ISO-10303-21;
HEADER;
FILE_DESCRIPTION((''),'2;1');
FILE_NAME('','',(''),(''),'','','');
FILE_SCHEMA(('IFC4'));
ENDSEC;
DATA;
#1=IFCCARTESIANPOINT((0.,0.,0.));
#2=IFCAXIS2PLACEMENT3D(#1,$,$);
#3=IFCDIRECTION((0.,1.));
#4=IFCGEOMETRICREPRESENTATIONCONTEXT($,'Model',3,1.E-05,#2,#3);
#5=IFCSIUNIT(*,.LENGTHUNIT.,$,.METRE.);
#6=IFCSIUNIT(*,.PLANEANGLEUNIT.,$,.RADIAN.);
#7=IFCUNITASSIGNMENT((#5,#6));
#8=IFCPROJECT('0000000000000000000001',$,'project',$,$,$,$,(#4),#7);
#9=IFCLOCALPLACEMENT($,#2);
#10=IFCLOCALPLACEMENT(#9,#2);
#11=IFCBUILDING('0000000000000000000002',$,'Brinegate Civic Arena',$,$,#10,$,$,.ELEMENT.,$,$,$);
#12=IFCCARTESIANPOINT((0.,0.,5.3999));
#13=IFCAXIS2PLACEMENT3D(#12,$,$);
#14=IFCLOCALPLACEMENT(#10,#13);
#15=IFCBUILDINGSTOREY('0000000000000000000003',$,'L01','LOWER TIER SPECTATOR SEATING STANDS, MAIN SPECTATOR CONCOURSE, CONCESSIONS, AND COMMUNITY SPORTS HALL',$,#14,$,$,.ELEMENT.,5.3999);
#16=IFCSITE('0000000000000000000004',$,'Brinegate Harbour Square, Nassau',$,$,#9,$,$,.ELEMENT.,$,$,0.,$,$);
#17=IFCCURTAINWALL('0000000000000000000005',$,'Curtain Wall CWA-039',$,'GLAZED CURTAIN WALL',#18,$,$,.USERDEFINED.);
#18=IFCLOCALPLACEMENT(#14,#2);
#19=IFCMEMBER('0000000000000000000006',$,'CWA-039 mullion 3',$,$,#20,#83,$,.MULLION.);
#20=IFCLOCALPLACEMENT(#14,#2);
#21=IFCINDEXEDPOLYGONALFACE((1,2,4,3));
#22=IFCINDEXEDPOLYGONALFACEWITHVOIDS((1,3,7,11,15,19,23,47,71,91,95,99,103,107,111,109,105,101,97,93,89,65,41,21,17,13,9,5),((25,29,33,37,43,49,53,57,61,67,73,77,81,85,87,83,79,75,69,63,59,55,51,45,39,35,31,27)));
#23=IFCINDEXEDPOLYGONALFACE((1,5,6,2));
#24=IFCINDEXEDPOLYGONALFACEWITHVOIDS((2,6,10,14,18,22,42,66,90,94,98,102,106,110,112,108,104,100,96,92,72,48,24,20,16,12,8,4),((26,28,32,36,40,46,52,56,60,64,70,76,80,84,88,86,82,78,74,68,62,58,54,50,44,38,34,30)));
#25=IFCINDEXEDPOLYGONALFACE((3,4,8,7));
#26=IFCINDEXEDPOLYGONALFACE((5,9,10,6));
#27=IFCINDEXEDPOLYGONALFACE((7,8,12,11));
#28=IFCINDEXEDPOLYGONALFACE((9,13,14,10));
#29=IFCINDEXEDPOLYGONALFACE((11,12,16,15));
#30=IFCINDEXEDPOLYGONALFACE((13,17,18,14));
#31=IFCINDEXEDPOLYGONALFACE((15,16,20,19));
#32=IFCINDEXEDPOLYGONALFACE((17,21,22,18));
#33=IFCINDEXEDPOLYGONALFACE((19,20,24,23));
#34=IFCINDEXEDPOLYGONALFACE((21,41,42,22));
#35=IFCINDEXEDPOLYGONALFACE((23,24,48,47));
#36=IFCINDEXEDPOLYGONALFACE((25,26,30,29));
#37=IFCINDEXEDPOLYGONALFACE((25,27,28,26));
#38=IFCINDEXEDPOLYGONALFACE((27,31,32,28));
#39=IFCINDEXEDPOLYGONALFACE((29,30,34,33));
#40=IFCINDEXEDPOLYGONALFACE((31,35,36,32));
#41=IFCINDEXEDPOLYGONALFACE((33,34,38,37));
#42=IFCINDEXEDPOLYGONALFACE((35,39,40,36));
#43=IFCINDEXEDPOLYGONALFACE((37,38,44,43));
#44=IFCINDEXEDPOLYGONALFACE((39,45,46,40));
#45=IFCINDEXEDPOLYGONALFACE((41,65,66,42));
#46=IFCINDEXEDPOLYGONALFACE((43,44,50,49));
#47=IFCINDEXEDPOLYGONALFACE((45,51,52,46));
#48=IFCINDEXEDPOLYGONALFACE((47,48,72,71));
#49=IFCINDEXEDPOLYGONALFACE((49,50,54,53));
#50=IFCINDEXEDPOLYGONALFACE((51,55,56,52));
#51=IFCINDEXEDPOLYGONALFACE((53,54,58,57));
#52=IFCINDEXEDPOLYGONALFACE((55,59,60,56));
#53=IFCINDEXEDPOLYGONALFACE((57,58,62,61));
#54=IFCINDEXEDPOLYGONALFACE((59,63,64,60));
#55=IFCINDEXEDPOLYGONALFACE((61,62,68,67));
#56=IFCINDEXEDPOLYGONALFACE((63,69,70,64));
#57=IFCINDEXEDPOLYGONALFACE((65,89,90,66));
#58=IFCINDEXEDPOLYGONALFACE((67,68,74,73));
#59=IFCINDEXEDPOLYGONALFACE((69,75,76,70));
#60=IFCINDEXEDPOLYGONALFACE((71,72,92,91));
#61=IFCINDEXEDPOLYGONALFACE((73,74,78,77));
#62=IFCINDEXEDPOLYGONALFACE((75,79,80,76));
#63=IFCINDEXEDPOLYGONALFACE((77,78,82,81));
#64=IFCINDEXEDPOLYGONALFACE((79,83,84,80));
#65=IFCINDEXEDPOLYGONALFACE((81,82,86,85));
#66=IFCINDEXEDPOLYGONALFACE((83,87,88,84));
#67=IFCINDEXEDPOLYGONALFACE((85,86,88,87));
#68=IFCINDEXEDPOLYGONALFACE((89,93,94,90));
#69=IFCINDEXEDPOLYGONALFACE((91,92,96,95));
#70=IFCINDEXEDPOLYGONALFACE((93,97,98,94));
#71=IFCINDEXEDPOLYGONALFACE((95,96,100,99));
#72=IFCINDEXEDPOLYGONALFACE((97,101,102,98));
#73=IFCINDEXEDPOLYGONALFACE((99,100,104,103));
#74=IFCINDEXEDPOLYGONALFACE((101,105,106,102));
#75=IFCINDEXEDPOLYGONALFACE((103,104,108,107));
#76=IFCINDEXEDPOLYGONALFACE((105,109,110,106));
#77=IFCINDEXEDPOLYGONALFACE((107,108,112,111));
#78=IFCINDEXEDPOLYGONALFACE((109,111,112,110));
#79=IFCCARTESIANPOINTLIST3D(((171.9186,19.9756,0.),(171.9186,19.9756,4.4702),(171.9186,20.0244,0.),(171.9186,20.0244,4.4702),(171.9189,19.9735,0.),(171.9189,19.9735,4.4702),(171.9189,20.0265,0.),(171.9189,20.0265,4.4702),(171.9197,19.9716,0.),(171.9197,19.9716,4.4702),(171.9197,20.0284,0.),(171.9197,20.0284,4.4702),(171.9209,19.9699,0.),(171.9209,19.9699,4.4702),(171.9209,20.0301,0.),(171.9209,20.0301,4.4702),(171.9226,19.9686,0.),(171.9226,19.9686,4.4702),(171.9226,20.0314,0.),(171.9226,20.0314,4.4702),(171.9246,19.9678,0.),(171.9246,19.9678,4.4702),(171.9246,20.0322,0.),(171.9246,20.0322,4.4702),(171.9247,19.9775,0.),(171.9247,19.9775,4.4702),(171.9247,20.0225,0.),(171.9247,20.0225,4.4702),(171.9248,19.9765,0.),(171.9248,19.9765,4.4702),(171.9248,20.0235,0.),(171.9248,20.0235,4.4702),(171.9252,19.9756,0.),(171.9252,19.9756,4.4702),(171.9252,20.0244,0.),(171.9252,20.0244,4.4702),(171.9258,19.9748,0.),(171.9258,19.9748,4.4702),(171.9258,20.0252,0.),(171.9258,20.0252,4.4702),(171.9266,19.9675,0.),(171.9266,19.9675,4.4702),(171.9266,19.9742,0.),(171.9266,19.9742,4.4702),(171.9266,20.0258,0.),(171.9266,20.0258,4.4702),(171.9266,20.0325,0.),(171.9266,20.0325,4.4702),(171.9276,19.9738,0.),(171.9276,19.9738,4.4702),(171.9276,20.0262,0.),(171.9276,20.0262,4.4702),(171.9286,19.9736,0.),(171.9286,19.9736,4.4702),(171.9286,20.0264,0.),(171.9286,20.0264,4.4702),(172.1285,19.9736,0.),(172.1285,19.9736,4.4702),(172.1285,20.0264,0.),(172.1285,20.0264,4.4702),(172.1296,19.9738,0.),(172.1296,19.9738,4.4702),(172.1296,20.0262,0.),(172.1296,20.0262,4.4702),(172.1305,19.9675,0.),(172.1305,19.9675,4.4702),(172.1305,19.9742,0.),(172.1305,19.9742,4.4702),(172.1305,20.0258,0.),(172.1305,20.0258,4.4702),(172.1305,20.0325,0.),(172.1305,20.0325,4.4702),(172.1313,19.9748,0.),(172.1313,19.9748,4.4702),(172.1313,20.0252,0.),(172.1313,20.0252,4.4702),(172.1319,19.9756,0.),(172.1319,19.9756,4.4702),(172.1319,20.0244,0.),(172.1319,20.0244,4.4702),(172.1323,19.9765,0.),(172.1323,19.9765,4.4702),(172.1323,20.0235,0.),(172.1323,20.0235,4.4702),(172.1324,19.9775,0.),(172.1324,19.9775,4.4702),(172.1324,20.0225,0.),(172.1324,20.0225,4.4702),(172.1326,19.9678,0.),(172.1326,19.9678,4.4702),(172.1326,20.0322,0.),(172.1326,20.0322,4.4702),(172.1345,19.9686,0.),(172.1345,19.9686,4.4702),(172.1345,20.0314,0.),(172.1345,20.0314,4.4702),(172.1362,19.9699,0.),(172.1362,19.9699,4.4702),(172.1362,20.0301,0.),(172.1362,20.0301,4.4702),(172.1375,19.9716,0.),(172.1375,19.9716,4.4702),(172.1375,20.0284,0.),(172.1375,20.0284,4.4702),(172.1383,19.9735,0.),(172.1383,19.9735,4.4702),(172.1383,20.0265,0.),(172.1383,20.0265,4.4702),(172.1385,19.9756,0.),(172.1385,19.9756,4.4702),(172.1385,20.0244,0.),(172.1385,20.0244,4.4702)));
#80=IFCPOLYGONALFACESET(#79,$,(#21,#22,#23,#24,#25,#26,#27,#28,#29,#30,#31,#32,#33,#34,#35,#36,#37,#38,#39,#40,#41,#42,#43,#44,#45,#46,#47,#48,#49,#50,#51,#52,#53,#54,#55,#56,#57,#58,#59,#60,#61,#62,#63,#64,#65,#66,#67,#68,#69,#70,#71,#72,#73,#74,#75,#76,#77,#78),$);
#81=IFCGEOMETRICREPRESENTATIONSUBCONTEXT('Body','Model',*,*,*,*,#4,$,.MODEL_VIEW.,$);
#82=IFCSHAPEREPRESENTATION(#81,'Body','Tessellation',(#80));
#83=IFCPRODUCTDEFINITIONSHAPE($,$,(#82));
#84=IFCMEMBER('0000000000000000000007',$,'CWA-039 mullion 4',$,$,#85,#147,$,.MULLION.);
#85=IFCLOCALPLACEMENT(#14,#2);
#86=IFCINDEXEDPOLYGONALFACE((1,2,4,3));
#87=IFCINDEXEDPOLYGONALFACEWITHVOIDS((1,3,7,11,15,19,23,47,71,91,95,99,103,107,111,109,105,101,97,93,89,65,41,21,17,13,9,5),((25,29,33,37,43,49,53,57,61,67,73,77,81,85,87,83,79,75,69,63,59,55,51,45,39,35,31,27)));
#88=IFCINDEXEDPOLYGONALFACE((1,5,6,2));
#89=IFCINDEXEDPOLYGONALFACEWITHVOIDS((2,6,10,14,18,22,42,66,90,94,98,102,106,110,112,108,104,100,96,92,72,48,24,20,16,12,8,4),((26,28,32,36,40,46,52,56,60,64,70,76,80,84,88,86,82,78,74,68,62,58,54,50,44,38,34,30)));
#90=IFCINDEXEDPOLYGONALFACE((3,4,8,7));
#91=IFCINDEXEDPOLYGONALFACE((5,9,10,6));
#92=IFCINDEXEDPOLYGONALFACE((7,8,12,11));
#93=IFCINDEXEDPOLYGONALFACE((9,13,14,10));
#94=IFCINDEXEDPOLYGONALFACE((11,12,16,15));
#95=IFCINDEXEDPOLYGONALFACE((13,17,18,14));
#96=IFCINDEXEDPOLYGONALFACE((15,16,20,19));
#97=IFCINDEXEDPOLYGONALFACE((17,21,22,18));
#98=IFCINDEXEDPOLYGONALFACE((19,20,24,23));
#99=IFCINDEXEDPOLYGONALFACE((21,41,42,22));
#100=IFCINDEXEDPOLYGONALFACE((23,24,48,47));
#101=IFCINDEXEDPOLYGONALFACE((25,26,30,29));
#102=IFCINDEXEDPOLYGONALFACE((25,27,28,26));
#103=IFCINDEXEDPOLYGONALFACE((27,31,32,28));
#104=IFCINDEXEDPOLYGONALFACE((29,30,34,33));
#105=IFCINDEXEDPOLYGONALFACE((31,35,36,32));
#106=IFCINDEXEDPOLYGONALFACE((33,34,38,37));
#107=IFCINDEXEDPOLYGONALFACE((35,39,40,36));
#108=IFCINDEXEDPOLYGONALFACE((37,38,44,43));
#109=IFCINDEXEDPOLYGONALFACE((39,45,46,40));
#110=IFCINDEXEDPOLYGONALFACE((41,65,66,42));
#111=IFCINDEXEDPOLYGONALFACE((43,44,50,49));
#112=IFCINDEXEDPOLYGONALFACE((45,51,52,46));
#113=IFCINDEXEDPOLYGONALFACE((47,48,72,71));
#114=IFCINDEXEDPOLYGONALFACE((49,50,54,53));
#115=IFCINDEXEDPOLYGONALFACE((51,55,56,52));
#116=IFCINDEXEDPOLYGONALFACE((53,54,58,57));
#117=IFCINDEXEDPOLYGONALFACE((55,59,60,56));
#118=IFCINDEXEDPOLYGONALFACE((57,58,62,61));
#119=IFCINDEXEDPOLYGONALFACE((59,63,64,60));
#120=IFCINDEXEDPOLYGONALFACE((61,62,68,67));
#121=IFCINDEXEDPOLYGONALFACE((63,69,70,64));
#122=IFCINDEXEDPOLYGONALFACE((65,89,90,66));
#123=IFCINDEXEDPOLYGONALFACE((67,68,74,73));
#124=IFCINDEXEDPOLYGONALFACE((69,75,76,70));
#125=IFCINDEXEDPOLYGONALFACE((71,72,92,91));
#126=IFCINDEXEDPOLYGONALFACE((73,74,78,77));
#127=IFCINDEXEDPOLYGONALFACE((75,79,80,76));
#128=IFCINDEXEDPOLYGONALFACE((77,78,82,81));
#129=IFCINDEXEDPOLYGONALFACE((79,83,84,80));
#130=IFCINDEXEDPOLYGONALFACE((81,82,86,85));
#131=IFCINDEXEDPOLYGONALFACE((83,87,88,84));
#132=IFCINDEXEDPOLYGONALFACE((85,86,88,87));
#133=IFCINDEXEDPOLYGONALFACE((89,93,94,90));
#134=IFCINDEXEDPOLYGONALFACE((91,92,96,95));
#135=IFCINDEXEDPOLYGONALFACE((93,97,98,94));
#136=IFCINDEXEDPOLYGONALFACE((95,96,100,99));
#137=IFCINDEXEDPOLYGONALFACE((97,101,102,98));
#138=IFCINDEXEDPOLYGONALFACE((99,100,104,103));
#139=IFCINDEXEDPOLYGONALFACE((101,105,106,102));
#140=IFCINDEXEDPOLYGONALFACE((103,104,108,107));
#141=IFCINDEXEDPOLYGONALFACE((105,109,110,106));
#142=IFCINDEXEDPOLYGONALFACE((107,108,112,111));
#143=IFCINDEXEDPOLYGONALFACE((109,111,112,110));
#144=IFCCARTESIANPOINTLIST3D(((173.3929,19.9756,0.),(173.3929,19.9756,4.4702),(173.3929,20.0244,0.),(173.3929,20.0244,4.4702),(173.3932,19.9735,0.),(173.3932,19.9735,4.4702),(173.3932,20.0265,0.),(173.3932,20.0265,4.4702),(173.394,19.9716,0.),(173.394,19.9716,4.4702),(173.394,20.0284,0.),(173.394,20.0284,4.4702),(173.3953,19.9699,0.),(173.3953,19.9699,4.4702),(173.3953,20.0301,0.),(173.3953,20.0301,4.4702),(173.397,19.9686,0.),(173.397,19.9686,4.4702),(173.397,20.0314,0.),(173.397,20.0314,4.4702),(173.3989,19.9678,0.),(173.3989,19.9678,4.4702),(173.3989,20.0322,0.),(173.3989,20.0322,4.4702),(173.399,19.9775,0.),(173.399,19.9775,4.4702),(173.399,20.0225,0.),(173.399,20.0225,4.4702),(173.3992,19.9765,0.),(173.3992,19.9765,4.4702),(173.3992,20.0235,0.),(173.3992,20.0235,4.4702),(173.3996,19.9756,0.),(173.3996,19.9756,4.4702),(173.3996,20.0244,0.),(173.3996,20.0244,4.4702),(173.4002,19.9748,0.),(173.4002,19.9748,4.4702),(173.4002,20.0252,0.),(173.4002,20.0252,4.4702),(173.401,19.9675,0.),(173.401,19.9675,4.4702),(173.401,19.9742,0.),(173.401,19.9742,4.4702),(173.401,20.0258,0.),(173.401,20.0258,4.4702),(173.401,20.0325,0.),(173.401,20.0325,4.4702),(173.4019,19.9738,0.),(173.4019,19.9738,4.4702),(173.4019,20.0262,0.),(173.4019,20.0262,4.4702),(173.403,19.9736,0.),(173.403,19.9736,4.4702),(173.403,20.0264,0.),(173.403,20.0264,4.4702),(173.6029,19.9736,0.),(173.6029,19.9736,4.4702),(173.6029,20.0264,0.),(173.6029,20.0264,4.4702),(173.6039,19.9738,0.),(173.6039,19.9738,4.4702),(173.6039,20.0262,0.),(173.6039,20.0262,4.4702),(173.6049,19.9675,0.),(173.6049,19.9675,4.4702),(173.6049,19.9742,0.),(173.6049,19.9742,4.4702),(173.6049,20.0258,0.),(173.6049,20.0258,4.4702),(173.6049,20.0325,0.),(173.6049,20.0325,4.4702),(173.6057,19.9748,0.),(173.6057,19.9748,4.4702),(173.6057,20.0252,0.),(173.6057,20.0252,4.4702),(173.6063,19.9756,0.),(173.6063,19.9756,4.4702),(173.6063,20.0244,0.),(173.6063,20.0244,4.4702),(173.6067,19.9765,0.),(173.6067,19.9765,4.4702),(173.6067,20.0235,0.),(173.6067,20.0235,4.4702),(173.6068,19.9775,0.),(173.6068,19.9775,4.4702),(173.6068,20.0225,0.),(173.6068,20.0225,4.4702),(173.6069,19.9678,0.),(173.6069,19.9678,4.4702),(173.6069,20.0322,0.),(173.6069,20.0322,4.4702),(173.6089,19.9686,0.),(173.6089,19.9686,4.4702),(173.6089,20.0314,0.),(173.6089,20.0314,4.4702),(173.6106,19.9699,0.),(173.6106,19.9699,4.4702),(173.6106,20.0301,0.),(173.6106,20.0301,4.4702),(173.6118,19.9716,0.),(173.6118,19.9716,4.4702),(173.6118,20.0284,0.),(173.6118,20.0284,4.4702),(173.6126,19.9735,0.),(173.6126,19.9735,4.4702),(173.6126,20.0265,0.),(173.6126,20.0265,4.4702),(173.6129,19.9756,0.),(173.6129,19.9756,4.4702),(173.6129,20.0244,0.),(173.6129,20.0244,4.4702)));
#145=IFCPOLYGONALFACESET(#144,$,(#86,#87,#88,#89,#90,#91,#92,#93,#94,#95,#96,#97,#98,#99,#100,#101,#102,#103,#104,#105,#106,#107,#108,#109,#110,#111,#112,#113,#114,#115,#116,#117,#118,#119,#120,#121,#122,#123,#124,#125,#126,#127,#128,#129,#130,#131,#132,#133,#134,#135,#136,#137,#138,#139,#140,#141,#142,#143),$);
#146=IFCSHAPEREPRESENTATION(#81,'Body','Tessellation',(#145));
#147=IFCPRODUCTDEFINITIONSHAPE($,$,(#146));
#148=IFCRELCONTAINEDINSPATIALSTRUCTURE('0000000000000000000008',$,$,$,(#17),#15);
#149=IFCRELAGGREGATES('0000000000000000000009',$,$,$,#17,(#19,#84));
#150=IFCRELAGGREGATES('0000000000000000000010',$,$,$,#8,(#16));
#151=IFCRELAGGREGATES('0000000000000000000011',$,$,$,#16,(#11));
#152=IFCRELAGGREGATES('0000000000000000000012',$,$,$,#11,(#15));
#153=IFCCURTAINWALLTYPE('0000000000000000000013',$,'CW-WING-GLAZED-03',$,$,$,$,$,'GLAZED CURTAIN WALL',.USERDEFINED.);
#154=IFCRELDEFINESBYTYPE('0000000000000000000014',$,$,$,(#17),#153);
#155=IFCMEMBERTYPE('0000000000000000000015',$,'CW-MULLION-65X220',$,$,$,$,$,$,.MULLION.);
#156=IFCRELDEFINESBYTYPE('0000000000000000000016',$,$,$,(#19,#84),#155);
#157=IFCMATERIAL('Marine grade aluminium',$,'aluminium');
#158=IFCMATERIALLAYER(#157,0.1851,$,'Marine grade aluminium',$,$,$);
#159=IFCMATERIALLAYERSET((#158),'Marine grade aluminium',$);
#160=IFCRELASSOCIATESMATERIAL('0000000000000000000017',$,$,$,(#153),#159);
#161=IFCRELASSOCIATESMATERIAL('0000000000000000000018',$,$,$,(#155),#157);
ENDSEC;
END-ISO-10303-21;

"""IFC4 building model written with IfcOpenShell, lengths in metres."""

from ifc_helpers import new_model, si_unit, direction, frame, origin, origin_2d, place, context, subcontext, project, spatial, hollow_rectangle, extrude, material, layer, layer_set, material_profile, profile_set, type_object, element, aggregate, save


model = new_model("IFC4")

# Units and contexts
model_context = context("Model", 3, precision=1e-05, world=origin(), true_north=direction((0.0, 1.0)))
body_context = subcontext(model_context, "Body", "Model", "MODEL_VIEW")
ifc_project = project(units=[si_unit("LENGTHUNIT", "METRE"), si_unit("PLANEANGLEUNIT", "RADIAN")], contexts=[model_context])

# Site, building, storey
site_placement = place(None, origin())
site = spatial("IfcSite", under=ifc_project, at=site_placement, Name="Brinegate Harbour Square, Nassau", CompositionType="ELEMENT", RefElevation=0.0)
building_placement = place(site_placement, origin())
building = spatial("IfcBuilding", under=site, at=building_placement, Name="Brinegate Civic Arena", CompositionType="ELEMENT")
storey_placement = place(building_placement, frame((0.0, 0.0, 5.3999)))
storey = spatial("IfcBuildingStorey", under=building, at=storey_placement, Name="L01", Description="LOWER TIER SPECTATOR SEATING STANDS, MAIN SPECTATOR CONCOURSE, CONCESSIONS, AND COMMUNITY SPORTS HALL", CompositionType="ELEMENT", Elevation=5.3999)

# Curtain wall, members
ifc_material_1 = material(Name="Marine grade aluminium", Category="aluminium")
ifc_layer_1 = layer(ifc_material_1, 0.1851, Name="Marine grade aluminium")
ifc_layer_set_1 = layer_set([ifc_layer_1], Name="Marine grade aluminium")
curtain_wall_type = type_object("IfcCurtainWallType", Name="CW-WING-GLAZED-03", ElementType="GLAZED CURTAIN WALL", PredefinedType="USERDEFINED", material=ifc_layer_set_1)
curtain_wall_placement = place(storey_placement, origin())
curtain_wall = element("IfcCurtainWall", 1, at=curtain_wall_placement, inside=storey, type_object=curtain_wall_type, Name="Curtain Wall CWA-039", ObjectType="GLAZED CURTAIN WALL", PredefinedType="USERDEFINED")
ifc_material_profile_1 = material_profile(ifc_material_1, hollow_rectangle(XDim=0.0649, YDim=0.22, WallThickness=0.0061, InnerFilletRadius=0.0039, OuterFilletRadius=0.0081, at=origin_2d()), Name="MUL65X220")
ifc_profile_set_1 = profile_set([ifc_material_profile_1], Name="Marine grade aluminium")
member_type_1 = type_object("IfcMemberType", Name="CW-MULLION-65X220", PredefinedType="MULLION", material=ifc_profile_set_1)
member_1_placement = place(storey_placement, frame((172.0286, 20.0, 0.0), z_axis=(0.0, 0.0, 1.0), x_axis=(0.0, 1.0, 0.0)))
member_1 = element("IfcMember", 2, at=member_1_placement, type_object=member_type_1, Name="CWA-039 mullion 3", PredefinedType="MULLION", context=body_context, shape_type="SweptSolid", body=[
    extrude(hollow_rectangle(XDim=0.0649, YDim=0.22, WallThickness=0.0061, InnerFilletRadius=0.0039, OuterFilletRadius=0.0081, at=origin_2d()), origin(), (0.0, 0.0, 1.0), 4.4702),
])
member_2_placement = place(storey_placement, frame((173.5029, 20.0, 0.0), z_axis=(0.0, 0.0, 1.0), x_axis=(0.0, 1.0, 0.0)))
member_2 = element("IfcMember", 3, at=member_2_placement, type_object=member_type_1, Name="CWA-039 mullion 4", PredefinedType="MULLION", context=body_context, shape_type="SweptSolid", body=[
    extrude(hollow_rectangle(XDim=0.0649, YDim=0.22, WallThickness=0.0061, InnerFilletRadius=0.0039, OuterFilletRadius=0.0081, at=origin_2d()), origin(), (0.0, 0.0, 1.0), 4.4702),
])
aggregate(curtain_wall, [member_1, member_2])

save(model, "model.ifc")
